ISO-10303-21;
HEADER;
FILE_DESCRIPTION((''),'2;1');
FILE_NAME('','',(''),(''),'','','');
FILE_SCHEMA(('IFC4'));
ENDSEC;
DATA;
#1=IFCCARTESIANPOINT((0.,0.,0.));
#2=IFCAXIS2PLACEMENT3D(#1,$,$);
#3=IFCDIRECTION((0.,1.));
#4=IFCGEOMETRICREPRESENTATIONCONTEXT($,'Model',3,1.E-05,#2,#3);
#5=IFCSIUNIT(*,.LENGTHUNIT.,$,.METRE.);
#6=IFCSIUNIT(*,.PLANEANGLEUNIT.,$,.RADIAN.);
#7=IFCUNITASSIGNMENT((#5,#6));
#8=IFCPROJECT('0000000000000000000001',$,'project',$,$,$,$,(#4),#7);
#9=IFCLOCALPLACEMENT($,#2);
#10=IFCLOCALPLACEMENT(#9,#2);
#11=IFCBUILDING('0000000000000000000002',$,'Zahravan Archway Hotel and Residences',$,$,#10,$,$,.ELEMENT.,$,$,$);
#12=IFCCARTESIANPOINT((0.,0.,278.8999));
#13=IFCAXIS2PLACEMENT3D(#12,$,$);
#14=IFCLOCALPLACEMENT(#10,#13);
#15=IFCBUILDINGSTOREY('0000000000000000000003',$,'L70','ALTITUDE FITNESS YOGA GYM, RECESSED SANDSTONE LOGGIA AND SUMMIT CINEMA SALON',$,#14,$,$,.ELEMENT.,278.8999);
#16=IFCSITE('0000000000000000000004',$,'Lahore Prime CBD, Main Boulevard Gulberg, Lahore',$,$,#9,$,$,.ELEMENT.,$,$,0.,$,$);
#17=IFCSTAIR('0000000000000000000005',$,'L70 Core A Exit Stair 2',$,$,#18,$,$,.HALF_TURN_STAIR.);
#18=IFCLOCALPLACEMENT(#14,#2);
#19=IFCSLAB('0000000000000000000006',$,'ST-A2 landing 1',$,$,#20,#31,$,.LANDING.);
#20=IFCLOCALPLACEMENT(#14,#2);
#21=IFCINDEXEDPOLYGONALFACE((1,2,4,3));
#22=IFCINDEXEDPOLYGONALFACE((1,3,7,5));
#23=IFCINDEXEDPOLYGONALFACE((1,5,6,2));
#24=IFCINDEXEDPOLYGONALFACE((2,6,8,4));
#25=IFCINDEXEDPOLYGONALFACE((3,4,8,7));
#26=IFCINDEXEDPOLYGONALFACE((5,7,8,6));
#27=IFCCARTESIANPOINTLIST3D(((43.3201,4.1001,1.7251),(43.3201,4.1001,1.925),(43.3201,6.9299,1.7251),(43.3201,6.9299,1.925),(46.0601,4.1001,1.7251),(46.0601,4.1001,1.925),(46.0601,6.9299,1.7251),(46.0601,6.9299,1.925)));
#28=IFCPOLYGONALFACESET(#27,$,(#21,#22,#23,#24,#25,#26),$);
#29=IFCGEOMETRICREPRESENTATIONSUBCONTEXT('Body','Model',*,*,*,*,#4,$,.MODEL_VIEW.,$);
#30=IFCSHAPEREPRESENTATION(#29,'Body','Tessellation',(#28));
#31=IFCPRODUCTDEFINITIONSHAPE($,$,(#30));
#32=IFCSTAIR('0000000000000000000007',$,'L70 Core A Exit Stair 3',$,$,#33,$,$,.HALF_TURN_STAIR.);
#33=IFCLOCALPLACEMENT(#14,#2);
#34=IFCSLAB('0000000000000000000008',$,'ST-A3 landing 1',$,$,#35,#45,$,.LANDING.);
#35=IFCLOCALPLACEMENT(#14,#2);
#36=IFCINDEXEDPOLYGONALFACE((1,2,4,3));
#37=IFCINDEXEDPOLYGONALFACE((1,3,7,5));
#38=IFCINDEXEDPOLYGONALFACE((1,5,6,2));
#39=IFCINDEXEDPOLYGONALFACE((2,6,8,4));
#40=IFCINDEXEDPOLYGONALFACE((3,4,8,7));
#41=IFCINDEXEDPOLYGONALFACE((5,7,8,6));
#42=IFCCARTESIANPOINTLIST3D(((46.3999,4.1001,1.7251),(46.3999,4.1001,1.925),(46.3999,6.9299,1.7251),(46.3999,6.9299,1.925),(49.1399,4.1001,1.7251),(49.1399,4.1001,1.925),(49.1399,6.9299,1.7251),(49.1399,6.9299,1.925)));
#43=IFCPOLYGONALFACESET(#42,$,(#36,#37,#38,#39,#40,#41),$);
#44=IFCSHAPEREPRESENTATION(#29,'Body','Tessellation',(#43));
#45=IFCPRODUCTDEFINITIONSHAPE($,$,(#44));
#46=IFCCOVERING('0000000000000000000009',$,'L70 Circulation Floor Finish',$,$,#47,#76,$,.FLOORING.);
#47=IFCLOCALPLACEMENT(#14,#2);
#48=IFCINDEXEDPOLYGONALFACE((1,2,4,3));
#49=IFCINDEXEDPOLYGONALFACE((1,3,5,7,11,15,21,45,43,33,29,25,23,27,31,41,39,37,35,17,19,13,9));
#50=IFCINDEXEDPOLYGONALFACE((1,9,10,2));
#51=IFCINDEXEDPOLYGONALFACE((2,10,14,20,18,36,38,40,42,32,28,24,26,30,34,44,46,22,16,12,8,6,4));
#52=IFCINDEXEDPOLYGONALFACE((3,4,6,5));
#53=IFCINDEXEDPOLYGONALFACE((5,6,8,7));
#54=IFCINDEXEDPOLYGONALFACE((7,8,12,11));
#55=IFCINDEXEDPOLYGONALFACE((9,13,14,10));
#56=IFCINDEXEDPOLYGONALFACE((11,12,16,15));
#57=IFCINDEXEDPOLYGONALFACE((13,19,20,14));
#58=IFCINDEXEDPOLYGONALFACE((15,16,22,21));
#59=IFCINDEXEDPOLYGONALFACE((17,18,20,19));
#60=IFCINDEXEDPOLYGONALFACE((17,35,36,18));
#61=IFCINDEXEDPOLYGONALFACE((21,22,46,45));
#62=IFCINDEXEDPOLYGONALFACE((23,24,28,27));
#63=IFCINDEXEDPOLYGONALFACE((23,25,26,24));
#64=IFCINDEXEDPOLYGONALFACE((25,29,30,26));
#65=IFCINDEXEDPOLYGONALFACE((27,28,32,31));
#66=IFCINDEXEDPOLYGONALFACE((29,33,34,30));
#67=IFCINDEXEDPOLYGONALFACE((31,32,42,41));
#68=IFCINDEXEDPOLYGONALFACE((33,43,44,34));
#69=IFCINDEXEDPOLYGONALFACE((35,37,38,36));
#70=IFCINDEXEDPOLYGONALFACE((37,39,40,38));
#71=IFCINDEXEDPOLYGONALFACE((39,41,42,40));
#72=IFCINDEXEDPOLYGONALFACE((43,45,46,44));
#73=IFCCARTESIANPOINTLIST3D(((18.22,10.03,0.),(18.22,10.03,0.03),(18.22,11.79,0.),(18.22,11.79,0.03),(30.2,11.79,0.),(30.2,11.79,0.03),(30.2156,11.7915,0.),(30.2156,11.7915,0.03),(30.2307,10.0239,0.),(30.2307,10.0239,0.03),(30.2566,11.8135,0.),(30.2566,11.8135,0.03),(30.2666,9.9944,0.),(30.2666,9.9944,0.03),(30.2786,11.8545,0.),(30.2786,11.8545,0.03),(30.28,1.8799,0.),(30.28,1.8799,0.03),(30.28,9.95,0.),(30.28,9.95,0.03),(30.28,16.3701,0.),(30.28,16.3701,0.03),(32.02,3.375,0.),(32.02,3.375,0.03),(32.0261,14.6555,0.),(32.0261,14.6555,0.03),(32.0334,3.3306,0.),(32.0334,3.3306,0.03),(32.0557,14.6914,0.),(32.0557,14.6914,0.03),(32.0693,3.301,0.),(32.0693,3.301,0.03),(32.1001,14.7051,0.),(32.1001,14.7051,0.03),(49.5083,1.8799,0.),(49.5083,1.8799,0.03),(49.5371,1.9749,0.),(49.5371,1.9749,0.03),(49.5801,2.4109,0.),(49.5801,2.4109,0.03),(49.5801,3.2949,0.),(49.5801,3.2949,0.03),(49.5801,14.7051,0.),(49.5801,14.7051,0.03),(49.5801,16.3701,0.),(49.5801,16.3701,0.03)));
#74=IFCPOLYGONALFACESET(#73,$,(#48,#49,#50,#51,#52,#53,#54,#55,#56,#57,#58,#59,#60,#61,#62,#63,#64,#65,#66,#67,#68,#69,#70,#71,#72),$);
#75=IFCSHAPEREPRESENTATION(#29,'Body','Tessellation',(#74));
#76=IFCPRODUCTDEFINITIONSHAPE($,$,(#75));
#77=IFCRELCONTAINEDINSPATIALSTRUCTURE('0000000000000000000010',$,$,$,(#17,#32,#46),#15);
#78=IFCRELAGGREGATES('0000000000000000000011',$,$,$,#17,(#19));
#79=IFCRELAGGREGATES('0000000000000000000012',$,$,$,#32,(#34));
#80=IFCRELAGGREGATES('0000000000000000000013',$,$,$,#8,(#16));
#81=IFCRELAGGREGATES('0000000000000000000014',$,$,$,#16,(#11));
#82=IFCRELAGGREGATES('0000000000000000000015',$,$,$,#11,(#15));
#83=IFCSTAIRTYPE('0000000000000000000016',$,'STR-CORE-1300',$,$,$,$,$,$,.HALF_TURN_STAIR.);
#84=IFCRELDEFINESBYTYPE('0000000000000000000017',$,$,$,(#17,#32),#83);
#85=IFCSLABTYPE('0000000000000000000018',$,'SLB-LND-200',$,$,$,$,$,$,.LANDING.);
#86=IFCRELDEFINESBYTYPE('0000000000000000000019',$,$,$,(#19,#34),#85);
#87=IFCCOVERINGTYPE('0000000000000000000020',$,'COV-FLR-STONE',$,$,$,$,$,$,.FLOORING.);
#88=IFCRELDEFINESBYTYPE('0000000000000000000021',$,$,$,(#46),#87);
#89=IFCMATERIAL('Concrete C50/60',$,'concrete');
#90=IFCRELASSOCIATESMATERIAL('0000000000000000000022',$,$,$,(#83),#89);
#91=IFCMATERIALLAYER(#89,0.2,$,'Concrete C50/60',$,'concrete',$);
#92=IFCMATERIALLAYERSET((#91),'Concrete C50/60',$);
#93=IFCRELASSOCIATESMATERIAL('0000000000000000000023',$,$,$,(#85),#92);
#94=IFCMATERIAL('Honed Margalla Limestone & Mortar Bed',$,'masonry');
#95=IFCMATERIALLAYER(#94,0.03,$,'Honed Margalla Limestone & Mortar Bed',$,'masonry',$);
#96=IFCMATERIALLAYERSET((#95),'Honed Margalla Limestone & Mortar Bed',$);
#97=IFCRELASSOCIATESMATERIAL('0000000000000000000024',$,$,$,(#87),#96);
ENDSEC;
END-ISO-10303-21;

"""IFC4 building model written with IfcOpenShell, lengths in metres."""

from ifc_helpers import new_model, si_unit, direction, frame, origin, place, context, subcontext, project, spatial, polyline, outline, extrude, material, layer, layer_set, type_object, element, aggregate, save


model = new_model("IFC4")

# Units and contexts
model_context = context("Model", 3, precision=1e-05, world=origin(), true_north=direction((0.0, 1.0)))
body_context = subcontext(model_context, "Body", "Model", "MODEL_VIEW")
ifc_project = project(units=[si_unit("LENGTHUNIT", "METRE"), si_unit("PLANEANGLEUNIT", "RADIAN")], contexts=[model_context])

# Site, building, storey
site_placement = place(None, origin())
site = spatial("IfcSite", under=ifc_project, at=site_placement, Name="Lahore Prime CBD, Main Boulevard Gulberg, Lahore", CompositionType="ELEMENT", RefElevation=0.0)
building_placement = place(site_placement, origin())
building = spatial("IfcBuilding", under=site, at=building_placement, Name="Zahravan Archway Hotel and Residences", CompositionType="ELEMENT")
storey_placement = place(building_placement, frame((0.0, 0.0, 278.8999)))
storey = spatial("IfcBuildingStorey", under=building, at=storey_placement, Name="L70", Description="ALTITUDE FITNESS YOGA GYM, RECESSED SANDSTONE LOGGIA AND SUMMIT CINEMA SALON", CompositionType="ELEMENT", Elevation=278.8999)

# Stairs, slabs
ifc_material_1 = material(Name="Concrete C50/60", Category="concrete")
stair_type = type_object("IfcStairType", Name="STR-CORE-1300", PredefinedType="HALF_TURN_STAIR", material=ifc_material_1)
ifc_layer_1 = layer(ifc_material_1, 0.2, Name="Concrete C50/60", Category="concrete")
ifc_layer_set_1 = layer_set([ifc_layer_1], Name="Concrete C50/60")
slab_type_1 = type_object("IfcSlabType", Name="SLB-LND-200", PredefinedType="LANDING", material=ifc_layer_set_1)
stair_1_placement = place(storey_placement, origin())
stair_1 = element("IfcStair", 1, at=stair_1_placement, inside=storey, type_object=stair_type, Name="L70 Core A Exit Stair 2", PredefinedType="HALF_TURN_STAIR")
slab_1_placement = place(storey_placement, frame((0.0, 0.0, 1.7251)))
slab_1 = element("IfcSlab", 2, at=slab_1_placement, type_object=slab_type_1, Name="ST-A2 landing 1", PredefinedType="LANDING", context=body_context, shape_type="SweptSolid", body=[
    extrude(outline(polyline([(43.3201, 6.9299), (43.3201, 4.1001), (46.0601, 4.1001), (46.0601, 6.9299), (43.3201, 6.9299)])), origin(), (0.0, 0.0, 1.0), 0.2),
])
aggregate(stair_1, [slab_1])
stair_2_placement = place(storey_placement, origin())
stair_2 = element("IfcStair", 3, at=stair_2_placement, inside=storey, type_object=stair_type, Name="L70 Core A Exit Stair 3", PredefinedType="HALF_TURN_STAIR")
slab_2_placement = place(storey_placement, frame((0.0, 0.0, 1.7251)))
slab_2 = element("IfcSlab", 4, at=slab_2_placement, type_object=slab_type_1, Name="ST-A3 landing 1", PredefinedType="LANDING", context=body_context, shape_type="SweptSolid", body=[
    extrude(outline(polyline([(46.3999, 6.9299), (46.3999, 4.1001), (49.1399, 4.1001), (49.1399, 6.9299), (46.3999, 6.9299)])), origin(), (0.0, 0.0, 1.0), 0.2),
])
aggregate(stair_2, [slab_2])

# Covering
ifc_material_2 = material(Name="Honed Margalla Limestone & Mortar Bed", Category="masonry")
ifc_layer_2 = layer(ifc_material_2, 0.03, Name="Honed Margalla Limestone & Mortar Bed", Category="masonry")
ifc_layer_set_2 = layer_set([ifc_layer_2], Name="Honed Margalla Limestone & Mortar Bed")
covering_type = type_object("IfcCoveringType", Name="COV-FLR-STONE", PredefinedType="FLOORING", material=ifc_layer_set_2)
covering_placement = place(storey_placement, origin())
element("IfcCovering", 5, at=covering_placement, inside=storey, type_object=covering_type, Name="L70 Circulation Floor Finish", PredefinedType="FLOORING", context=body_context, shape_type="SweptSolid", body=[
    extrude(outline(polyline([(30.2156, 11.7915), (30.2566, 11.8135), (30.2786, 11.8545), (30.28, 16.3701), (49.5801, 16.3701), (49.5801, 14.7051), (32.1001, 14.7051), (32.0557, 14.6914), (32.0261, 14.6555), (32.02, 3.375), (32.0334, 3.3306), (32.0693, 3.301), (49.5801, 3.2949), (49.5801, 2.4109), (49.5371, 1.9749), (49.5083, 1.8799), (30.28, 1.8799), (30.28, 9.95), (30.2666, 9.9944), (30.2307, 10.0239), (18.22, 10.03), (18.22, 11.79), (30.2, 11.79), (30.2156, 11.7915)])), origin(), (0.0, 0.0, 1.0), 0.03),
])

save(model, "model.ifc")
